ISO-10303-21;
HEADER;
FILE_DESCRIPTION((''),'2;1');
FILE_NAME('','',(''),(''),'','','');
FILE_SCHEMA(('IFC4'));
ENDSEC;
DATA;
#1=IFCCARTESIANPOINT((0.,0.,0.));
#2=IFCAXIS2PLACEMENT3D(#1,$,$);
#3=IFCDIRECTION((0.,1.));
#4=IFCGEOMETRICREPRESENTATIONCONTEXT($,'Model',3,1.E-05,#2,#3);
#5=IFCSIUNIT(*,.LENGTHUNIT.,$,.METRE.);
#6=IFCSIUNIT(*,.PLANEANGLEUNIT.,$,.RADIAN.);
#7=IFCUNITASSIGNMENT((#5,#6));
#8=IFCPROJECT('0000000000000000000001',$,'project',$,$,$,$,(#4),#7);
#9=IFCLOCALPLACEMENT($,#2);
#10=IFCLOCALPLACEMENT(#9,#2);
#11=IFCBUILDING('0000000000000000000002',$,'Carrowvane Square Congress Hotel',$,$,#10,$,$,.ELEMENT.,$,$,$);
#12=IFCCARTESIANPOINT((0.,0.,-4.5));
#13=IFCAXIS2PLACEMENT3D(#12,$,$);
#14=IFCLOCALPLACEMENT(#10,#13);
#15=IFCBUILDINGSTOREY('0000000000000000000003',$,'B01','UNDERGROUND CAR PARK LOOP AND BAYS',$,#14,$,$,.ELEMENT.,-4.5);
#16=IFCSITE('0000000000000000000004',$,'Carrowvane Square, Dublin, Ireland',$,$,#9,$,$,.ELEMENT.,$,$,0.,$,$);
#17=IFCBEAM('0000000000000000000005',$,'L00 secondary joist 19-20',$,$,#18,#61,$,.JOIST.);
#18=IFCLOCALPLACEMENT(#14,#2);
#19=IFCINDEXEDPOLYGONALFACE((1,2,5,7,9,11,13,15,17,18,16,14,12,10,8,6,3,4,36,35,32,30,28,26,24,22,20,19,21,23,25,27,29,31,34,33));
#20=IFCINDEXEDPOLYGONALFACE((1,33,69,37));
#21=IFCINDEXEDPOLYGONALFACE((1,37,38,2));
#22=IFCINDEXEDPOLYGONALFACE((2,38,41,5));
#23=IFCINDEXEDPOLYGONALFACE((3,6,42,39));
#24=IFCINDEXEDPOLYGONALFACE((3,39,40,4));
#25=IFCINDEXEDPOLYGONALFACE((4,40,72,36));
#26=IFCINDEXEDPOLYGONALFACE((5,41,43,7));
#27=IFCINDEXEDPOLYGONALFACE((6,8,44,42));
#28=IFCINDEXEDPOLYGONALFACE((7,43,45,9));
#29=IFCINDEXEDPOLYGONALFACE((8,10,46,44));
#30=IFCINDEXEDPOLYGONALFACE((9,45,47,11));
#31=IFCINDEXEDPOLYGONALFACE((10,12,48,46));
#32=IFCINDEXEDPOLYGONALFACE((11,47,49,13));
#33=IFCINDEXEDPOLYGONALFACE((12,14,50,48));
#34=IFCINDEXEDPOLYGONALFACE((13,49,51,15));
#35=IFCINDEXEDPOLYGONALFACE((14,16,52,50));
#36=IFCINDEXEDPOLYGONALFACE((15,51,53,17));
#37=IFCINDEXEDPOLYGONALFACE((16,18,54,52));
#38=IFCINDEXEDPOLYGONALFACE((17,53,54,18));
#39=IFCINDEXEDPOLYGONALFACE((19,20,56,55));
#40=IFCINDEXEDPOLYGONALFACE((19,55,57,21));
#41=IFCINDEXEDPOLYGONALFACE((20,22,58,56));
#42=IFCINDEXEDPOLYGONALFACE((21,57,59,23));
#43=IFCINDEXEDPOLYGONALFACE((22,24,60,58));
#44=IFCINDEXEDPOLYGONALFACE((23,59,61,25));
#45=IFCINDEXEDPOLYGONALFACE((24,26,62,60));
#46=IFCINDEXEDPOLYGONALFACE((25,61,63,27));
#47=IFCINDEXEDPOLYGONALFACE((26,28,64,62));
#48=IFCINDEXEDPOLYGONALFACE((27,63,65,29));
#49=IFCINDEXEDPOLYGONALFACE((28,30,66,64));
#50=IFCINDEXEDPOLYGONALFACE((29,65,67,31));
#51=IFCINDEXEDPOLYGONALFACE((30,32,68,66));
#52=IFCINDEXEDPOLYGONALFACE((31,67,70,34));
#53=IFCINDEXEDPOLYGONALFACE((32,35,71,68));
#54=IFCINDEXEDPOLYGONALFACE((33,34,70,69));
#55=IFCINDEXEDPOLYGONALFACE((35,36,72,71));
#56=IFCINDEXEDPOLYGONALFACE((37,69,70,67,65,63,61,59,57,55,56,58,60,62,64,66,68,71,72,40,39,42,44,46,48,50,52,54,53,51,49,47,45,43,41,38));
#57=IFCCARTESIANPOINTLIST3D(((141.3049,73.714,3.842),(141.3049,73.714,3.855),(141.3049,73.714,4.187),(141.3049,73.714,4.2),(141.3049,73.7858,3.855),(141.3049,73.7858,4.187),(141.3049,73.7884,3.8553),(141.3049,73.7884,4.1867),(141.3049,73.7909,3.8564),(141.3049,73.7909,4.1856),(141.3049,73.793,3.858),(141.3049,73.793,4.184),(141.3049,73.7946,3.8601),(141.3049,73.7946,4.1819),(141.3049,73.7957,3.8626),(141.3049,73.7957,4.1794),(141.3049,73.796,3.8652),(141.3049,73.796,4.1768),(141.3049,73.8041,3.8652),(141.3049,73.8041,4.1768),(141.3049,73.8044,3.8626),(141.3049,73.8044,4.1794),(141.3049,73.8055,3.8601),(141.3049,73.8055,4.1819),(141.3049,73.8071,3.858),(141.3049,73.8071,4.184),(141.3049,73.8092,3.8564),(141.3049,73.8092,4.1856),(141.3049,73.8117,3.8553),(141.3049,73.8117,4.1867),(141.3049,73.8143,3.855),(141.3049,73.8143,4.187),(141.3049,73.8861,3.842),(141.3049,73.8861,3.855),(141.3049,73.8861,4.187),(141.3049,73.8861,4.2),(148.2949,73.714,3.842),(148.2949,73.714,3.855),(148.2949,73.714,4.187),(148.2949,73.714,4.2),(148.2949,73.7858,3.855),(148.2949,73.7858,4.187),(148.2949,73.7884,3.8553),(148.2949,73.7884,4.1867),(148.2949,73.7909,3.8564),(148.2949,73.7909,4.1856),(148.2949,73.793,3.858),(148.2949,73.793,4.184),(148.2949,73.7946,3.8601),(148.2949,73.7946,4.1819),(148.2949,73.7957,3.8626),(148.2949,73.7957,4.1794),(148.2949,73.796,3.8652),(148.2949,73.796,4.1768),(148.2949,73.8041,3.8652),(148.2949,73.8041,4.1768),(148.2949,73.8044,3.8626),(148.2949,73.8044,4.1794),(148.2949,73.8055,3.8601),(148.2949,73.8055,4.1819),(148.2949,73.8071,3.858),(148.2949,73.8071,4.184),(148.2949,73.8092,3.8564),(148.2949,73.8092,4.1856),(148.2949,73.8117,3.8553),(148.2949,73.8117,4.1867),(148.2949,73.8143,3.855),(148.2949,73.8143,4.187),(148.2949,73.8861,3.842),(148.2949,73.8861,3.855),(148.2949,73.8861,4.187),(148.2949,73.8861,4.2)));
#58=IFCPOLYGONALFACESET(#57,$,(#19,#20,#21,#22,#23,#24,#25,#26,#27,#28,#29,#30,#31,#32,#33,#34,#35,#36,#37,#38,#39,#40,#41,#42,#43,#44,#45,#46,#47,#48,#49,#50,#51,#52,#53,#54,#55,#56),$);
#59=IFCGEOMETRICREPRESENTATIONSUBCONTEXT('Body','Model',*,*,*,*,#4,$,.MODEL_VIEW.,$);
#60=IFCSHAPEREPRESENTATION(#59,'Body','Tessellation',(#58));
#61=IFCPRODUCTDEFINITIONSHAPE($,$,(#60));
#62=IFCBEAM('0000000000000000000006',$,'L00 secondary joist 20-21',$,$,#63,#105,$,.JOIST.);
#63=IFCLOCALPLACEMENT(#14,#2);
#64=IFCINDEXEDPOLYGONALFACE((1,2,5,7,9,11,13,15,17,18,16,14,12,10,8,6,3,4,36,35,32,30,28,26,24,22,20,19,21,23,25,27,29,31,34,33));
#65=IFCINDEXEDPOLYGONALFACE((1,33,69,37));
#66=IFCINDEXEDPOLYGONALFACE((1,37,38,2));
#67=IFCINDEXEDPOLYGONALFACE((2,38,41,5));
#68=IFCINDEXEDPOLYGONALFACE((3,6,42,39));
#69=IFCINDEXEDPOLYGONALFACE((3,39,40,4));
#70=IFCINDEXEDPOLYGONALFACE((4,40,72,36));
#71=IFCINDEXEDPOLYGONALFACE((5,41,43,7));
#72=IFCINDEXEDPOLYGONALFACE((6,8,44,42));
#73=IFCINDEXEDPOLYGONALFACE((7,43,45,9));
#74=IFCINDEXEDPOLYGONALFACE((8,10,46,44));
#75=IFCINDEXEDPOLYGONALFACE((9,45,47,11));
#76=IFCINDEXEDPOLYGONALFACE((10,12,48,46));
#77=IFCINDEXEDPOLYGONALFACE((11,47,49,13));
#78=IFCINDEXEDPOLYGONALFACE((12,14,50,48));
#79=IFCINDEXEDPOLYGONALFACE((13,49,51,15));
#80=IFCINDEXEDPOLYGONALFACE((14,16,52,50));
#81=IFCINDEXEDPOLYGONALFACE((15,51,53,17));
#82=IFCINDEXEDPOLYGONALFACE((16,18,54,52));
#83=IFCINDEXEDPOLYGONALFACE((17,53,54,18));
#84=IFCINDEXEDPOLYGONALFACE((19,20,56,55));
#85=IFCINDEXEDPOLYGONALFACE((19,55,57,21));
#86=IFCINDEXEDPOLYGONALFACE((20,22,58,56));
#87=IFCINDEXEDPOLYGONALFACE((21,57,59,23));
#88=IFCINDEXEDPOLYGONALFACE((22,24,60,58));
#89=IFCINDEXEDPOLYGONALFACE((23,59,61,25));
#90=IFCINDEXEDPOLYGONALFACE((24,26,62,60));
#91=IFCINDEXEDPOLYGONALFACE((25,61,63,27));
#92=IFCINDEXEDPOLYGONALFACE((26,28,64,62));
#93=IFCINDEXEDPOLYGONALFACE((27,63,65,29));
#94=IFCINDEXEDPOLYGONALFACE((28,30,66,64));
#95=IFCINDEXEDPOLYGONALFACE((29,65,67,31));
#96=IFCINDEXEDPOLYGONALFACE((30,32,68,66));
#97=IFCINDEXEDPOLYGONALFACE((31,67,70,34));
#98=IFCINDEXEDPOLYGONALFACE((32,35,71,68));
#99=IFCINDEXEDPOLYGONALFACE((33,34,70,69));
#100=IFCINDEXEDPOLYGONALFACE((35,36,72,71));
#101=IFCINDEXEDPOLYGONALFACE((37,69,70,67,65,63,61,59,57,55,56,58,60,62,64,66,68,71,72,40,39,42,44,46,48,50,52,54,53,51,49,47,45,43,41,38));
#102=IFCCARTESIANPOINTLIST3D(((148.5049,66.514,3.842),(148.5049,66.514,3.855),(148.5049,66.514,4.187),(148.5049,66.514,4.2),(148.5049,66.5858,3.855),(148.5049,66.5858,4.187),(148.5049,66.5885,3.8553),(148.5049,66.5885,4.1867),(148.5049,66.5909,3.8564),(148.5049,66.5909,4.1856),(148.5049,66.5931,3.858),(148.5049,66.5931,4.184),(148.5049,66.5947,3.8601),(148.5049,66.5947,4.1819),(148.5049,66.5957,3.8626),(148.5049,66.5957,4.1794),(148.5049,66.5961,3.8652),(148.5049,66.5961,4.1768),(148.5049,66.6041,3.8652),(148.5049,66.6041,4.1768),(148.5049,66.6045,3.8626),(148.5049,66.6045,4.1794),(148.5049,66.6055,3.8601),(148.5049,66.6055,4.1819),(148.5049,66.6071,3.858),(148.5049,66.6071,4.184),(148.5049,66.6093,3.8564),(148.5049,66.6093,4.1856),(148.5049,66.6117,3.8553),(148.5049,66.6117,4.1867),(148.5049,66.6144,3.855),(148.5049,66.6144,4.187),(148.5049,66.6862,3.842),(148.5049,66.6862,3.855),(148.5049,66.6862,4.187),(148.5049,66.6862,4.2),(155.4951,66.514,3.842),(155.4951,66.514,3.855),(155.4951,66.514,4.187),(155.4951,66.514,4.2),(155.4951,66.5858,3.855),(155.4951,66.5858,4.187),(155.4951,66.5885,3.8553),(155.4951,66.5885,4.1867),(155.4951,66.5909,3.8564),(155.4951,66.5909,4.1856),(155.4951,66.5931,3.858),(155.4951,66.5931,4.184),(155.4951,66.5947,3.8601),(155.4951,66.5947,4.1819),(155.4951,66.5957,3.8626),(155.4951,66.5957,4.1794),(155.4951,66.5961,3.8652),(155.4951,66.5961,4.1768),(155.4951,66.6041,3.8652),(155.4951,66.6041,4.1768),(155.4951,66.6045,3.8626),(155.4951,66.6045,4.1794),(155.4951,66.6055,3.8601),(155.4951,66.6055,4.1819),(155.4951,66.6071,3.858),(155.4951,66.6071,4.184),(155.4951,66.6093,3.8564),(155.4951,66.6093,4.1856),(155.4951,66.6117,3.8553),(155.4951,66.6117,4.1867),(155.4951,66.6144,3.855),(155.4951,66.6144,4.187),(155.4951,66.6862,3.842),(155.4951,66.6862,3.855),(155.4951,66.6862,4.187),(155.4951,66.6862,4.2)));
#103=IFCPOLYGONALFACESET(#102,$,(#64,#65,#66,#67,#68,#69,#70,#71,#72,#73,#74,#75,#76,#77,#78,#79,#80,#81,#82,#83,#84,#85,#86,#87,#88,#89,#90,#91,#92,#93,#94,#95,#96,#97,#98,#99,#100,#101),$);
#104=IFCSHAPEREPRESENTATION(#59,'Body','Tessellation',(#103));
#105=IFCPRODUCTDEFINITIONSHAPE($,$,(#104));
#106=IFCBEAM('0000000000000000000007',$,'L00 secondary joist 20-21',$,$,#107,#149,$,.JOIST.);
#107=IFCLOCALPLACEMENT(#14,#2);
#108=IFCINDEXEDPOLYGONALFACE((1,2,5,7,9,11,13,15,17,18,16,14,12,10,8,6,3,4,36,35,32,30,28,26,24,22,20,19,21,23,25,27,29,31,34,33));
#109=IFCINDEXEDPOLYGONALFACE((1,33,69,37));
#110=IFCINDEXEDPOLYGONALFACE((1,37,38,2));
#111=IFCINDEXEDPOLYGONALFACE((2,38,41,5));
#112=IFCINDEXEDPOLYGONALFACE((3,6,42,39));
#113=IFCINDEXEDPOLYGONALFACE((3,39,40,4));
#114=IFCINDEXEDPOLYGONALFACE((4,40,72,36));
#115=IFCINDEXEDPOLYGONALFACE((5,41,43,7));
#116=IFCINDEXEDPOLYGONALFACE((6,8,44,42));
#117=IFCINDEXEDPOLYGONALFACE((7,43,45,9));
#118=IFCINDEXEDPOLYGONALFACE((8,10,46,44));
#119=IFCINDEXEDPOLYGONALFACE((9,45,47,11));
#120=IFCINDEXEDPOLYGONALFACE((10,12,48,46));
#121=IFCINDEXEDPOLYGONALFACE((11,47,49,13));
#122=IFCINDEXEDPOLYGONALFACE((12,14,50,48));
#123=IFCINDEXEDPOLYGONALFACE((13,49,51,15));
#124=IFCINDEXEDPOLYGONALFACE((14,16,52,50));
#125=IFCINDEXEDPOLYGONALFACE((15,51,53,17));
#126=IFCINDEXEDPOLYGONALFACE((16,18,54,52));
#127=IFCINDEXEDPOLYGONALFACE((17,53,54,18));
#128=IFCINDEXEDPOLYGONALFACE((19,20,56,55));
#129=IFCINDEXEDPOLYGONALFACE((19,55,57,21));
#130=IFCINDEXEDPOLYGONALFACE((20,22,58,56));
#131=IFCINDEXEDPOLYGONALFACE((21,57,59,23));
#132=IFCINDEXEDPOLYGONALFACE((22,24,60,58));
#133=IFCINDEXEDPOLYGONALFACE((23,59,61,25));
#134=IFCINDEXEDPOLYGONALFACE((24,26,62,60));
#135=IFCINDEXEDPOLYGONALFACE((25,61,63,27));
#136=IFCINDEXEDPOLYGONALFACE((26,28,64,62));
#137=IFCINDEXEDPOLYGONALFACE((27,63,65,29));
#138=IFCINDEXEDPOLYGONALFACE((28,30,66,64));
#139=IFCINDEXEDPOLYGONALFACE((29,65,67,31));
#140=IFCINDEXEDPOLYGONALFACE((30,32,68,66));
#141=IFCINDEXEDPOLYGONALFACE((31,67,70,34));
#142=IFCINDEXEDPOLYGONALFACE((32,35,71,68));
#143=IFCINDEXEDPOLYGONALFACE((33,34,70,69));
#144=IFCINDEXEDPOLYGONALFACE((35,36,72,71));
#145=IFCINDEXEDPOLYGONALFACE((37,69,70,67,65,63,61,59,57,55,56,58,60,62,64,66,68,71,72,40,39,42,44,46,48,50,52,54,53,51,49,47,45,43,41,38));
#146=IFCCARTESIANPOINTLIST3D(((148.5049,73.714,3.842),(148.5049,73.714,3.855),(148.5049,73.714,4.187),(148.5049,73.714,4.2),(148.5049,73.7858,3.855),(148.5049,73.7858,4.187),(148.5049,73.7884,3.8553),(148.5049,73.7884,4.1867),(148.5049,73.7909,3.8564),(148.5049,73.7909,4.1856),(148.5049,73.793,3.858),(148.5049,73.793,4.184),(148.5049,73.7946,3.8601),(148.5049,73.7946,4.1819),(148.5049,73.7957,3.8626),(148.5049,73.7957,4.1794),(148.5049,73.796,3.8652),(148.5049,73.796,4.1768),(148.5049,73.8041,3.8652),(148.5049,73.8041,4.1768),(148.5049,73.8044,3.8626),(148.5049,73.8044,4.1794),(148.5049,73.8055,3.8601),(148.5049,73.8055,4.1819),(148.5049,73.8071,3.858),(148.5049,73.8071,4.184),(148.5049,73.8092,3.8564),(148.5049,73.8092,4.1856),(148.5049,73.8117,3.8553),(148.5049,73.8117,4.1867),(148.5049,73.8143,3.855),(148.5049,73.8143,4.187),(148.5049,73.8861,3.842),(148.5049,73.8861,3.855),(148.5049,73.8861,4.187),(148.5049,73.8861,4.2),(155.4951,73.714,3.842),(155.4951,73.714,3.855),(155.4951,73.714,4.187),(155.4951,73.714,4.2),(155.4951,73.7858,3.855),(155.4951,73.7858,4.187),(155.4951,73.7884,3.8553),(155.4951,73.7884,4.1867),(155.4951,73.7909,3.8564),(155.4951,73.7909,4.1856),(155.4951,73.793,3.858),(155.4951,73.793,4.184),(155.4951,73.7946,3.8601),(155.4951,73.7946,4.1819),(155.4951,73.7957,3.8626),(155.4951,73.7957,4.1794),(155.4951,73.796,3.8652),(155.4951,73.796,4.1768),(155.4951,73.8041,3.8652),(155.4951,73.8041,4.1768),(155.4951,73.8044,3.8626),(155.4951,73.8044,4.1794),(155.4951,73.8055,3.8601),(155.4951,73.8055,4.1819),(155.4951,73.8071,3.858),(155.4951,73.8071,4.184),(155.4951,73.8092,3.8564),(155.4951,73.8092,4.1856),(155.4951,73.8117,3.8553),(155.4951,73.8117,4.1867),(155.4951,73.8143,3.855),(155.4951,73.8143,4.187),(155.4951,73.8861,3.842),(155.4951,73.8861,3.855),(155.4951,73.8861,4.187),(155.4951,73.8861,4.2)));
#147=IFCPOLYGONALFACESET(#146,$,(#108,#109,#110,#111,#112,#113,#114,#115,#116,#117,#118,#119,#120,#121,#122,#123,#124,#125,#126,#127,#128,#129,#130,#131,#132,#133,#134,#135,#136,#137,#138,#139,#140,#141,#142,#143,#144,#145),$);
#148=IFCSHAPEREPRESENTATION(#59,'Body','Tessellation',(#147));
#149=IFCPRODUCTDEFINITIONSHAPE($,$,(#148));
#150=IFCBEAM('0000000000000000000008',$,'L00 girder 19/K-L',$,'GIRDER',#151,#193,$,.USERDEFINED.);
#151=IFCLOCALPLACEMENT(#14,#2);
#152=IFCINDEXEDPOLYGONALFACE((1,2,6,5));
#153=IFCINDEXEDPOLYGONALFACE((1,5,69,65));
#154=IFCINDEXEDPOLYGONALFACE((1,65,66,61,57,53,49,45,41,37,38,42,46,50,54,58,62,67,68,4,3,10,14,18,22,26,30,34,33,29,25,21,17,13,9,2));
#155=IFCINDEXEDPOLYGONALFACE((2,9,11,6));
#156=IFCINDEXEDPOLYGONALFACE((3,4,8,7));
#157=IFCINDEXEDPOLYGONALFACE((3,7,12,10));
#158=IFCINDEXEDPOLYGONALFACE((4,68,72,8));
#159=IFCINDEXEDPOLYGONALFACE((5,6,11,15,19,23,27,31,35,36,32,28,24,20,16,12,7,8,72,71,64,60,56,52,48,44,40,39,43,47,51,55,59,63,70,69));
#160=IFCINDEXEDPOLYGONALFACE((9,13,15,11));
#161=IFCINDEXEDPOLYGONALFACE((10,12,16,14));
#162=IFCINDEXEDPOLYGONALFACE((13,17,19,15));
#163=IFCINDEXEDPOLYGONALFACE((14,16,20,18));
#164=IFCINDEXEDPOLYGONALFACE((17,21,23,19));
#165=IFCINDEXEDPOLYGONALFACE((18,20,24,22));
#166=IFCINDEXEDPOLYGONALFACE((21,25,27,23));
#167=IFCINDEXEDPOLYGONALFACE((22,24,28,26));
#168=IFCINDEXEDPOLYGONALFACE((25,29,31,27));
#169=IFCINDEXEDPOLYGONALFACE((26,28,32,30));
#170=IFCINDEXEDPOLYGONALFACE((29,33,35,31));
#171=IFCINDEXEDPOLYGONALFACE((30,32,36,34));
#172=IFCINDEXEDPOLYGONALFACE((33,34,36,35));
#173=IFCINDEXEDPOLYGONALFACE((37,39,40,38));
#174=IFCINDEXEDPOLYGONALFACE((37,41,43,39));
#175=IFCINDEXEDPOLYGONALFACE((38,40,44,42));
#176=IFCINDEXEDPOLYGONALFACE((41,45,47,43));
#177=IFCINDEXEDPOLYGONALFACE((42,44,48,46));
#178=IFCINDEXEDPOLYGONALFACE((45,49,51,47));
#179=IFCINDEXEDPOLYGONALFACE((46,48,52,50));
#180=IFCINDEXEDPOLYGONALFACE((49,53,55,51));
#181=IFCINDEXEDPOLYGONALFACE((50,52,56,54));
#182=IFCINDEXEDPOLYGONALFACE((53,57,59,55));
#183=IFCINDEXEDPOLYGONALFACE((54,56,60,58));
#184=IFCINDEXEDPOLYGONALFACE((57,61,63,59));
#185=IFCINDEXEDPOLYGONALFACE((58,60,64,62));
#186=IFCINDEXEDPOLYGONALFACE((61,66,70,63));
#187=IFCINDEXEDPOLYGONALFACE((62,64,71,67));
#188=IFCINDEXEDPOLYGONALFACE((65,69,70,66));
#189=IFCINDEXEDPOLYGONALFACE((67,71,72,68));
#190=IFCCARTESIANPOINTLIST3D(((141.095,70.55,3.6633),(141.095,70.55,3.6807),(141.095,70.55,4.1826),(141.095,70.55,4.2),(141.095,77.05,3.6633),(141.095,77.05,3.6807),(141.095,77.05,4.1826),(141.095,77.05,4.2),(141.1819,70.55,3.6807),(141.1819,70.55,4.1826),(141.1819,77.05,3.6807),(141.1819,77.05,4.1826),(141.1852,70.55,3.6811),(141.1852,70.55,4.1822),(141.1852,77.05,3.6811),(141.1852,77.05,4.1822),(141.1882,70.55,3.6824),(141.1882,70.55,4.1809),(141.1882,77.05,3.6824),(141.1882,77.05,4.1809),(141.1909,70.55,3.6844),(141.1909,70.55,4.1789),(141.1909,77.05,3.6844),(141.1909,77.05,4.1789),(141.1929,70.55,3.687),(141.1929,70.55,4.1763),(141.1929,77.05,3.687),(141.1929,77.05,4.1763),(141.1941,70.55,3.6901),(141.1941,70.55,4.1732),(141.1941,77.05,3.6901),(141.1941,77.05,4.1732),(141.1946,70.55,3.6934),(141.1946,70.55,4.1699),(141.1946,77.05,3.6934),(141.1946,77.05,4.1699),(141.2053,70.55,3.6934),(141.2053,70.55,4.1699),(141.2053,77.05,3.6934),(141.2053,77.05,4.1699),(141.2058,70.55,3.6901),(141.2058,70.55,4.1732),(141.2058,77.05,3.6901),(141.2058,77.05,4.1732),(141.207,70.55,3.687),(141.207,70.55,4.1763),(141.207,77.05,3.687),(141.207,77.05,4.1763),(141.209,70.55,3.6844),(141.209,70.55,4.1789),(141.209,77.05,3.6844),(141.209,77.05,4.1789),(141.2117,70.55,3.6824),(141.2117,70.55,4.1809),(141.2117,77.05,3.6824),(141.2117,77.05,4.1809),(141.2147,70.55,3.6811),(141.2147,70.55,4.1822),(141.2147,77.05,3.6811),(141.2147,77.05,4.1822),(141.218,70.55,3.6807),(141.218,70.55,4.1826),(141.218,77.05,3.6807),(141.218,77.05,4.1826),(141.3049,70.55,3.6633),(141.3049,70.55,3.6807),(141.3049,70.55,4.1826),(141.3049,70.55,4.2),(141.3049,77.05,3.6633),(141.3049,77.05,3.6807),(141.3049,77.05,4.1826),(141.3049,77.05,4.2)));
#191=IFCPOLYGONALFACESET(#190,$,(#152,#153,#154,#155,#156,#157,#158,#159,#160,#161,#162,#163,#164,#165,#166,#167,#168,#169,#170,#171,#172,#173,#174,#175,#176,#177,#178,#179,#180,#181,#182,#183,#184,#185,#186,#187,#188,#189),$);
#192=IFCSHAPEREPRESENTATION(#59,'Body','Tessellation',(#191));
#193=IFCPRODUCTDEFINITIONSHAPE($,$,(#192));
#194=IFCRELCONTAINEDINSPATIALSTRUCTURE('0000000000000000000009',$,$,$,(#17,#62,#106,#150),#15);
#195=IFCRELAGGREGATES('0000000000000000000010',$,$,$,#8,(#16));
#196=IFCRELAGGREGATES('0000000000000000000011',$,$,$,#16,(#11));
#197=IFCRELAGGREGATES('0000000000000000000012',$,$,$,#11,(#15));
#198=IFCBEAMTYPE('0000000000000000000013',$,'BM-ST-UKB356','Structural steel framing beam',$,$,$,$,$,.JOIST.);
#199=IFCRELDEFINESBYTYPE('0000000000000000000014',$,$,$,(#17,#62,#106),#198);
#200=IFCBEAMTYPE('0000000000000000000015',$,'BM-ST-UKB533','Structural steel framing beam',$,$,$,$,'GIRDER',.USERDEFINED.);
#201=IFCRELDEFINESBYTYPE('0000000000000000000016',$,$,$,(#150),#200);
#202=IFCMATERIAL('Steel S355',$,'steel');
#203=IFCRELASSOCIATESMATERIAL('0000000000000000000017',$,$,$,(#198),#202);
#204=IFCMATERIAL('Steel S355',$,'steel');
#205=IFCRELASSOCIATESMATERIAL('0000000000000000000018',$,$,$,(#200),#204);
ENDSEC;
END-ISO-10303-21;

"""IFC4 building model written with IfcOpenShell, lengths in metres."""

from ifc_helpers import new_model, si_unit, direction, frame, origin, origin_2d, place, context, subcontext, project, spatial, i_section, extrude, material, material_profile, profile_set, type_object, element, save


model = new_model("IFC4")

# Units and contexts
model_context = context("Model", 3, precision=1e-05, world=origin(), true_north=direction((0.0, 1.0)))
body_context = subcontext(model_context, "Body", "Model", "MODEL_VIEW")
ifc_project = project(units=[si_unit("LENGTHUNIT", "METRE"), si_unit("PLANEANGLEUNIT", "RADIAN")], contexts=[model_context])

# Site, building, storey
site_placement = place(None, origin())
site = spatial("IfcSite", under=ifc_project, at=site_placement, Name="Carrowvane Square, Dublin, Ireland", CompositionType="ELEMENT", RefElevation=0.0)
building_placement = place(site_placement, origin())
building = spatial("IfcBuilding", under=site, at=building_placement, Name="Carrowvane Square Congress Hotel", CompositionType="ELEMENT")
storey_placement = place(building_placement, frame((0.0, 0.0, -4.5)))
storey = spatial("IfcBuildingStorey", under=building, at=storey_placement, Name="B01", Description="UNDERGROUND CAR PARK LOOP AND BAYS", CompositionType="ELEMENT", Elevation=-4.5)

# Beams
ifc_material_1 = material(Name="Steel S355", Category="steel")
ifc_material_profile_1 = material_profile(ifc_material_1, i_section(OverallWidth=0.1721, OverallDepth=0.3579, WebThickness=0.0081, FlangeThickness=0.0129, FilletRadius=0.0103, at=origin_2d()), Name="UKB 356x171x57")
ifc_profile_set_1 = profile_set([ifc_material_profile_1], Name="Steel S355")
beam_type_1 = type_object("IfcBeamType", Name="BM-ST-UKB356", Description="Structural steel framing beam", PredefinedType="JOIST", material=ifc_profile_set_1)
for number, where, z_axis, x_axis, name in (
    (1, (141.3049, 73.8, 4.021), (1.0, 0.0, 0.0), (0.0, 1.0, 0.0), "L00 secondary joist 19-20"),
):
    element("IfcBeam", number, at=place(storey_placement, frame(where, z_axis=z_axis, x_axis=x_axis)), inside=storey, type_object=beam_type_1, Name=name, PredefinedType="JOIST", context=body_context, shape_type="SweptSolid", body=[
        extrude(i_section(OverallWidth=0.1721, OverallDepth=0.3579, WebThickness=0.0081, FlangeThickness=0.0129, FilletRadius=0.0103, at=origin_2d()), origin(), (0.0, 0.0, 1.0), 6.99),
    ])
for number, where, z_axis, x_axis, name in (
    (2, (148.5049, 66.6001, 4.021), (1.0, 0.0, 0.0), (0.0, 1.0, 0.0), "L00 secondary joist 20-21"),
    (3, (148.5049, 73.8, 4.021), (1.0, 0.0, 0.0), (0.0, 1.0, 0.0), "L00 secondary joist 20-21"),
):
    element("IfcBeam", number, at=place(storey_placement, frame(where, z_axis=z_axis, x_axis=x_axis)), inside=storey, type_object=beam_type_1, Name=name, PredefinedType="JOIST", context=body_context, shape_type="SweptSolid", body=[
        extrude(i_section(OverallWidth=0.1721, OverallDepth=0.3579, WebThickness=0.0081, FlangeThickness=0.0129, FilletRadius=0.0103, at=origin_2d()), origin(), (0.0, 0.0, 1.0), 6.9902),
    ])
ifc_material_2 = material(Name="Steel S355", Category="steel")
ifc_material_profile_2 = material_profile(ifc_material_2, i_section(OverallWidth=0.21, OverallDepth=0.5366, WebThickness=0.0107, FlangeThickness=0.0173, FilletRadius=0.0127, at=origin_2d()), Name="UKB 533x210x101")
ifc_profile_set_2 = profile_set([ifc_material_profile_2], Name="Steel S355")
beam_type_2 = type_object("IfcBeamType", Name="BM-ST-UKB533", Description="Structural steel framing beam", ElementType="GIRDER", PredefinedType="USERDEFINED", material=ifc_profile_set_2)
for number, where, z_axis, x_axis, name in (
    (4, (141.2, 70.55, 3.9316), (0.0, 1.0, 0.0), (-1.0, 0.0, 0.0), "L00 girder 19/K-L"),
):
    element("IfcBeam", number, at=place(storey_placement, frame(where, z_axis=z_axis, x_axis=x_axis)), inside=storey, type_object=beam_type_2, Name=name, ObjectType="GIRDER", PredefinedType="USERDEFINED", context=body_context, shape_type="SweptSolid", body=[
        extrude(i_section(OverallWidth=0.21, OverallDepth=0.5366, WebThickness=0.0107, FlangeThickness=0.0173, FilletRadius=0.0127, at=origin_2d()), origin(), (0.0, 0.0, 1.0), 6.5),
    ])

save(model, "model.ifc")
